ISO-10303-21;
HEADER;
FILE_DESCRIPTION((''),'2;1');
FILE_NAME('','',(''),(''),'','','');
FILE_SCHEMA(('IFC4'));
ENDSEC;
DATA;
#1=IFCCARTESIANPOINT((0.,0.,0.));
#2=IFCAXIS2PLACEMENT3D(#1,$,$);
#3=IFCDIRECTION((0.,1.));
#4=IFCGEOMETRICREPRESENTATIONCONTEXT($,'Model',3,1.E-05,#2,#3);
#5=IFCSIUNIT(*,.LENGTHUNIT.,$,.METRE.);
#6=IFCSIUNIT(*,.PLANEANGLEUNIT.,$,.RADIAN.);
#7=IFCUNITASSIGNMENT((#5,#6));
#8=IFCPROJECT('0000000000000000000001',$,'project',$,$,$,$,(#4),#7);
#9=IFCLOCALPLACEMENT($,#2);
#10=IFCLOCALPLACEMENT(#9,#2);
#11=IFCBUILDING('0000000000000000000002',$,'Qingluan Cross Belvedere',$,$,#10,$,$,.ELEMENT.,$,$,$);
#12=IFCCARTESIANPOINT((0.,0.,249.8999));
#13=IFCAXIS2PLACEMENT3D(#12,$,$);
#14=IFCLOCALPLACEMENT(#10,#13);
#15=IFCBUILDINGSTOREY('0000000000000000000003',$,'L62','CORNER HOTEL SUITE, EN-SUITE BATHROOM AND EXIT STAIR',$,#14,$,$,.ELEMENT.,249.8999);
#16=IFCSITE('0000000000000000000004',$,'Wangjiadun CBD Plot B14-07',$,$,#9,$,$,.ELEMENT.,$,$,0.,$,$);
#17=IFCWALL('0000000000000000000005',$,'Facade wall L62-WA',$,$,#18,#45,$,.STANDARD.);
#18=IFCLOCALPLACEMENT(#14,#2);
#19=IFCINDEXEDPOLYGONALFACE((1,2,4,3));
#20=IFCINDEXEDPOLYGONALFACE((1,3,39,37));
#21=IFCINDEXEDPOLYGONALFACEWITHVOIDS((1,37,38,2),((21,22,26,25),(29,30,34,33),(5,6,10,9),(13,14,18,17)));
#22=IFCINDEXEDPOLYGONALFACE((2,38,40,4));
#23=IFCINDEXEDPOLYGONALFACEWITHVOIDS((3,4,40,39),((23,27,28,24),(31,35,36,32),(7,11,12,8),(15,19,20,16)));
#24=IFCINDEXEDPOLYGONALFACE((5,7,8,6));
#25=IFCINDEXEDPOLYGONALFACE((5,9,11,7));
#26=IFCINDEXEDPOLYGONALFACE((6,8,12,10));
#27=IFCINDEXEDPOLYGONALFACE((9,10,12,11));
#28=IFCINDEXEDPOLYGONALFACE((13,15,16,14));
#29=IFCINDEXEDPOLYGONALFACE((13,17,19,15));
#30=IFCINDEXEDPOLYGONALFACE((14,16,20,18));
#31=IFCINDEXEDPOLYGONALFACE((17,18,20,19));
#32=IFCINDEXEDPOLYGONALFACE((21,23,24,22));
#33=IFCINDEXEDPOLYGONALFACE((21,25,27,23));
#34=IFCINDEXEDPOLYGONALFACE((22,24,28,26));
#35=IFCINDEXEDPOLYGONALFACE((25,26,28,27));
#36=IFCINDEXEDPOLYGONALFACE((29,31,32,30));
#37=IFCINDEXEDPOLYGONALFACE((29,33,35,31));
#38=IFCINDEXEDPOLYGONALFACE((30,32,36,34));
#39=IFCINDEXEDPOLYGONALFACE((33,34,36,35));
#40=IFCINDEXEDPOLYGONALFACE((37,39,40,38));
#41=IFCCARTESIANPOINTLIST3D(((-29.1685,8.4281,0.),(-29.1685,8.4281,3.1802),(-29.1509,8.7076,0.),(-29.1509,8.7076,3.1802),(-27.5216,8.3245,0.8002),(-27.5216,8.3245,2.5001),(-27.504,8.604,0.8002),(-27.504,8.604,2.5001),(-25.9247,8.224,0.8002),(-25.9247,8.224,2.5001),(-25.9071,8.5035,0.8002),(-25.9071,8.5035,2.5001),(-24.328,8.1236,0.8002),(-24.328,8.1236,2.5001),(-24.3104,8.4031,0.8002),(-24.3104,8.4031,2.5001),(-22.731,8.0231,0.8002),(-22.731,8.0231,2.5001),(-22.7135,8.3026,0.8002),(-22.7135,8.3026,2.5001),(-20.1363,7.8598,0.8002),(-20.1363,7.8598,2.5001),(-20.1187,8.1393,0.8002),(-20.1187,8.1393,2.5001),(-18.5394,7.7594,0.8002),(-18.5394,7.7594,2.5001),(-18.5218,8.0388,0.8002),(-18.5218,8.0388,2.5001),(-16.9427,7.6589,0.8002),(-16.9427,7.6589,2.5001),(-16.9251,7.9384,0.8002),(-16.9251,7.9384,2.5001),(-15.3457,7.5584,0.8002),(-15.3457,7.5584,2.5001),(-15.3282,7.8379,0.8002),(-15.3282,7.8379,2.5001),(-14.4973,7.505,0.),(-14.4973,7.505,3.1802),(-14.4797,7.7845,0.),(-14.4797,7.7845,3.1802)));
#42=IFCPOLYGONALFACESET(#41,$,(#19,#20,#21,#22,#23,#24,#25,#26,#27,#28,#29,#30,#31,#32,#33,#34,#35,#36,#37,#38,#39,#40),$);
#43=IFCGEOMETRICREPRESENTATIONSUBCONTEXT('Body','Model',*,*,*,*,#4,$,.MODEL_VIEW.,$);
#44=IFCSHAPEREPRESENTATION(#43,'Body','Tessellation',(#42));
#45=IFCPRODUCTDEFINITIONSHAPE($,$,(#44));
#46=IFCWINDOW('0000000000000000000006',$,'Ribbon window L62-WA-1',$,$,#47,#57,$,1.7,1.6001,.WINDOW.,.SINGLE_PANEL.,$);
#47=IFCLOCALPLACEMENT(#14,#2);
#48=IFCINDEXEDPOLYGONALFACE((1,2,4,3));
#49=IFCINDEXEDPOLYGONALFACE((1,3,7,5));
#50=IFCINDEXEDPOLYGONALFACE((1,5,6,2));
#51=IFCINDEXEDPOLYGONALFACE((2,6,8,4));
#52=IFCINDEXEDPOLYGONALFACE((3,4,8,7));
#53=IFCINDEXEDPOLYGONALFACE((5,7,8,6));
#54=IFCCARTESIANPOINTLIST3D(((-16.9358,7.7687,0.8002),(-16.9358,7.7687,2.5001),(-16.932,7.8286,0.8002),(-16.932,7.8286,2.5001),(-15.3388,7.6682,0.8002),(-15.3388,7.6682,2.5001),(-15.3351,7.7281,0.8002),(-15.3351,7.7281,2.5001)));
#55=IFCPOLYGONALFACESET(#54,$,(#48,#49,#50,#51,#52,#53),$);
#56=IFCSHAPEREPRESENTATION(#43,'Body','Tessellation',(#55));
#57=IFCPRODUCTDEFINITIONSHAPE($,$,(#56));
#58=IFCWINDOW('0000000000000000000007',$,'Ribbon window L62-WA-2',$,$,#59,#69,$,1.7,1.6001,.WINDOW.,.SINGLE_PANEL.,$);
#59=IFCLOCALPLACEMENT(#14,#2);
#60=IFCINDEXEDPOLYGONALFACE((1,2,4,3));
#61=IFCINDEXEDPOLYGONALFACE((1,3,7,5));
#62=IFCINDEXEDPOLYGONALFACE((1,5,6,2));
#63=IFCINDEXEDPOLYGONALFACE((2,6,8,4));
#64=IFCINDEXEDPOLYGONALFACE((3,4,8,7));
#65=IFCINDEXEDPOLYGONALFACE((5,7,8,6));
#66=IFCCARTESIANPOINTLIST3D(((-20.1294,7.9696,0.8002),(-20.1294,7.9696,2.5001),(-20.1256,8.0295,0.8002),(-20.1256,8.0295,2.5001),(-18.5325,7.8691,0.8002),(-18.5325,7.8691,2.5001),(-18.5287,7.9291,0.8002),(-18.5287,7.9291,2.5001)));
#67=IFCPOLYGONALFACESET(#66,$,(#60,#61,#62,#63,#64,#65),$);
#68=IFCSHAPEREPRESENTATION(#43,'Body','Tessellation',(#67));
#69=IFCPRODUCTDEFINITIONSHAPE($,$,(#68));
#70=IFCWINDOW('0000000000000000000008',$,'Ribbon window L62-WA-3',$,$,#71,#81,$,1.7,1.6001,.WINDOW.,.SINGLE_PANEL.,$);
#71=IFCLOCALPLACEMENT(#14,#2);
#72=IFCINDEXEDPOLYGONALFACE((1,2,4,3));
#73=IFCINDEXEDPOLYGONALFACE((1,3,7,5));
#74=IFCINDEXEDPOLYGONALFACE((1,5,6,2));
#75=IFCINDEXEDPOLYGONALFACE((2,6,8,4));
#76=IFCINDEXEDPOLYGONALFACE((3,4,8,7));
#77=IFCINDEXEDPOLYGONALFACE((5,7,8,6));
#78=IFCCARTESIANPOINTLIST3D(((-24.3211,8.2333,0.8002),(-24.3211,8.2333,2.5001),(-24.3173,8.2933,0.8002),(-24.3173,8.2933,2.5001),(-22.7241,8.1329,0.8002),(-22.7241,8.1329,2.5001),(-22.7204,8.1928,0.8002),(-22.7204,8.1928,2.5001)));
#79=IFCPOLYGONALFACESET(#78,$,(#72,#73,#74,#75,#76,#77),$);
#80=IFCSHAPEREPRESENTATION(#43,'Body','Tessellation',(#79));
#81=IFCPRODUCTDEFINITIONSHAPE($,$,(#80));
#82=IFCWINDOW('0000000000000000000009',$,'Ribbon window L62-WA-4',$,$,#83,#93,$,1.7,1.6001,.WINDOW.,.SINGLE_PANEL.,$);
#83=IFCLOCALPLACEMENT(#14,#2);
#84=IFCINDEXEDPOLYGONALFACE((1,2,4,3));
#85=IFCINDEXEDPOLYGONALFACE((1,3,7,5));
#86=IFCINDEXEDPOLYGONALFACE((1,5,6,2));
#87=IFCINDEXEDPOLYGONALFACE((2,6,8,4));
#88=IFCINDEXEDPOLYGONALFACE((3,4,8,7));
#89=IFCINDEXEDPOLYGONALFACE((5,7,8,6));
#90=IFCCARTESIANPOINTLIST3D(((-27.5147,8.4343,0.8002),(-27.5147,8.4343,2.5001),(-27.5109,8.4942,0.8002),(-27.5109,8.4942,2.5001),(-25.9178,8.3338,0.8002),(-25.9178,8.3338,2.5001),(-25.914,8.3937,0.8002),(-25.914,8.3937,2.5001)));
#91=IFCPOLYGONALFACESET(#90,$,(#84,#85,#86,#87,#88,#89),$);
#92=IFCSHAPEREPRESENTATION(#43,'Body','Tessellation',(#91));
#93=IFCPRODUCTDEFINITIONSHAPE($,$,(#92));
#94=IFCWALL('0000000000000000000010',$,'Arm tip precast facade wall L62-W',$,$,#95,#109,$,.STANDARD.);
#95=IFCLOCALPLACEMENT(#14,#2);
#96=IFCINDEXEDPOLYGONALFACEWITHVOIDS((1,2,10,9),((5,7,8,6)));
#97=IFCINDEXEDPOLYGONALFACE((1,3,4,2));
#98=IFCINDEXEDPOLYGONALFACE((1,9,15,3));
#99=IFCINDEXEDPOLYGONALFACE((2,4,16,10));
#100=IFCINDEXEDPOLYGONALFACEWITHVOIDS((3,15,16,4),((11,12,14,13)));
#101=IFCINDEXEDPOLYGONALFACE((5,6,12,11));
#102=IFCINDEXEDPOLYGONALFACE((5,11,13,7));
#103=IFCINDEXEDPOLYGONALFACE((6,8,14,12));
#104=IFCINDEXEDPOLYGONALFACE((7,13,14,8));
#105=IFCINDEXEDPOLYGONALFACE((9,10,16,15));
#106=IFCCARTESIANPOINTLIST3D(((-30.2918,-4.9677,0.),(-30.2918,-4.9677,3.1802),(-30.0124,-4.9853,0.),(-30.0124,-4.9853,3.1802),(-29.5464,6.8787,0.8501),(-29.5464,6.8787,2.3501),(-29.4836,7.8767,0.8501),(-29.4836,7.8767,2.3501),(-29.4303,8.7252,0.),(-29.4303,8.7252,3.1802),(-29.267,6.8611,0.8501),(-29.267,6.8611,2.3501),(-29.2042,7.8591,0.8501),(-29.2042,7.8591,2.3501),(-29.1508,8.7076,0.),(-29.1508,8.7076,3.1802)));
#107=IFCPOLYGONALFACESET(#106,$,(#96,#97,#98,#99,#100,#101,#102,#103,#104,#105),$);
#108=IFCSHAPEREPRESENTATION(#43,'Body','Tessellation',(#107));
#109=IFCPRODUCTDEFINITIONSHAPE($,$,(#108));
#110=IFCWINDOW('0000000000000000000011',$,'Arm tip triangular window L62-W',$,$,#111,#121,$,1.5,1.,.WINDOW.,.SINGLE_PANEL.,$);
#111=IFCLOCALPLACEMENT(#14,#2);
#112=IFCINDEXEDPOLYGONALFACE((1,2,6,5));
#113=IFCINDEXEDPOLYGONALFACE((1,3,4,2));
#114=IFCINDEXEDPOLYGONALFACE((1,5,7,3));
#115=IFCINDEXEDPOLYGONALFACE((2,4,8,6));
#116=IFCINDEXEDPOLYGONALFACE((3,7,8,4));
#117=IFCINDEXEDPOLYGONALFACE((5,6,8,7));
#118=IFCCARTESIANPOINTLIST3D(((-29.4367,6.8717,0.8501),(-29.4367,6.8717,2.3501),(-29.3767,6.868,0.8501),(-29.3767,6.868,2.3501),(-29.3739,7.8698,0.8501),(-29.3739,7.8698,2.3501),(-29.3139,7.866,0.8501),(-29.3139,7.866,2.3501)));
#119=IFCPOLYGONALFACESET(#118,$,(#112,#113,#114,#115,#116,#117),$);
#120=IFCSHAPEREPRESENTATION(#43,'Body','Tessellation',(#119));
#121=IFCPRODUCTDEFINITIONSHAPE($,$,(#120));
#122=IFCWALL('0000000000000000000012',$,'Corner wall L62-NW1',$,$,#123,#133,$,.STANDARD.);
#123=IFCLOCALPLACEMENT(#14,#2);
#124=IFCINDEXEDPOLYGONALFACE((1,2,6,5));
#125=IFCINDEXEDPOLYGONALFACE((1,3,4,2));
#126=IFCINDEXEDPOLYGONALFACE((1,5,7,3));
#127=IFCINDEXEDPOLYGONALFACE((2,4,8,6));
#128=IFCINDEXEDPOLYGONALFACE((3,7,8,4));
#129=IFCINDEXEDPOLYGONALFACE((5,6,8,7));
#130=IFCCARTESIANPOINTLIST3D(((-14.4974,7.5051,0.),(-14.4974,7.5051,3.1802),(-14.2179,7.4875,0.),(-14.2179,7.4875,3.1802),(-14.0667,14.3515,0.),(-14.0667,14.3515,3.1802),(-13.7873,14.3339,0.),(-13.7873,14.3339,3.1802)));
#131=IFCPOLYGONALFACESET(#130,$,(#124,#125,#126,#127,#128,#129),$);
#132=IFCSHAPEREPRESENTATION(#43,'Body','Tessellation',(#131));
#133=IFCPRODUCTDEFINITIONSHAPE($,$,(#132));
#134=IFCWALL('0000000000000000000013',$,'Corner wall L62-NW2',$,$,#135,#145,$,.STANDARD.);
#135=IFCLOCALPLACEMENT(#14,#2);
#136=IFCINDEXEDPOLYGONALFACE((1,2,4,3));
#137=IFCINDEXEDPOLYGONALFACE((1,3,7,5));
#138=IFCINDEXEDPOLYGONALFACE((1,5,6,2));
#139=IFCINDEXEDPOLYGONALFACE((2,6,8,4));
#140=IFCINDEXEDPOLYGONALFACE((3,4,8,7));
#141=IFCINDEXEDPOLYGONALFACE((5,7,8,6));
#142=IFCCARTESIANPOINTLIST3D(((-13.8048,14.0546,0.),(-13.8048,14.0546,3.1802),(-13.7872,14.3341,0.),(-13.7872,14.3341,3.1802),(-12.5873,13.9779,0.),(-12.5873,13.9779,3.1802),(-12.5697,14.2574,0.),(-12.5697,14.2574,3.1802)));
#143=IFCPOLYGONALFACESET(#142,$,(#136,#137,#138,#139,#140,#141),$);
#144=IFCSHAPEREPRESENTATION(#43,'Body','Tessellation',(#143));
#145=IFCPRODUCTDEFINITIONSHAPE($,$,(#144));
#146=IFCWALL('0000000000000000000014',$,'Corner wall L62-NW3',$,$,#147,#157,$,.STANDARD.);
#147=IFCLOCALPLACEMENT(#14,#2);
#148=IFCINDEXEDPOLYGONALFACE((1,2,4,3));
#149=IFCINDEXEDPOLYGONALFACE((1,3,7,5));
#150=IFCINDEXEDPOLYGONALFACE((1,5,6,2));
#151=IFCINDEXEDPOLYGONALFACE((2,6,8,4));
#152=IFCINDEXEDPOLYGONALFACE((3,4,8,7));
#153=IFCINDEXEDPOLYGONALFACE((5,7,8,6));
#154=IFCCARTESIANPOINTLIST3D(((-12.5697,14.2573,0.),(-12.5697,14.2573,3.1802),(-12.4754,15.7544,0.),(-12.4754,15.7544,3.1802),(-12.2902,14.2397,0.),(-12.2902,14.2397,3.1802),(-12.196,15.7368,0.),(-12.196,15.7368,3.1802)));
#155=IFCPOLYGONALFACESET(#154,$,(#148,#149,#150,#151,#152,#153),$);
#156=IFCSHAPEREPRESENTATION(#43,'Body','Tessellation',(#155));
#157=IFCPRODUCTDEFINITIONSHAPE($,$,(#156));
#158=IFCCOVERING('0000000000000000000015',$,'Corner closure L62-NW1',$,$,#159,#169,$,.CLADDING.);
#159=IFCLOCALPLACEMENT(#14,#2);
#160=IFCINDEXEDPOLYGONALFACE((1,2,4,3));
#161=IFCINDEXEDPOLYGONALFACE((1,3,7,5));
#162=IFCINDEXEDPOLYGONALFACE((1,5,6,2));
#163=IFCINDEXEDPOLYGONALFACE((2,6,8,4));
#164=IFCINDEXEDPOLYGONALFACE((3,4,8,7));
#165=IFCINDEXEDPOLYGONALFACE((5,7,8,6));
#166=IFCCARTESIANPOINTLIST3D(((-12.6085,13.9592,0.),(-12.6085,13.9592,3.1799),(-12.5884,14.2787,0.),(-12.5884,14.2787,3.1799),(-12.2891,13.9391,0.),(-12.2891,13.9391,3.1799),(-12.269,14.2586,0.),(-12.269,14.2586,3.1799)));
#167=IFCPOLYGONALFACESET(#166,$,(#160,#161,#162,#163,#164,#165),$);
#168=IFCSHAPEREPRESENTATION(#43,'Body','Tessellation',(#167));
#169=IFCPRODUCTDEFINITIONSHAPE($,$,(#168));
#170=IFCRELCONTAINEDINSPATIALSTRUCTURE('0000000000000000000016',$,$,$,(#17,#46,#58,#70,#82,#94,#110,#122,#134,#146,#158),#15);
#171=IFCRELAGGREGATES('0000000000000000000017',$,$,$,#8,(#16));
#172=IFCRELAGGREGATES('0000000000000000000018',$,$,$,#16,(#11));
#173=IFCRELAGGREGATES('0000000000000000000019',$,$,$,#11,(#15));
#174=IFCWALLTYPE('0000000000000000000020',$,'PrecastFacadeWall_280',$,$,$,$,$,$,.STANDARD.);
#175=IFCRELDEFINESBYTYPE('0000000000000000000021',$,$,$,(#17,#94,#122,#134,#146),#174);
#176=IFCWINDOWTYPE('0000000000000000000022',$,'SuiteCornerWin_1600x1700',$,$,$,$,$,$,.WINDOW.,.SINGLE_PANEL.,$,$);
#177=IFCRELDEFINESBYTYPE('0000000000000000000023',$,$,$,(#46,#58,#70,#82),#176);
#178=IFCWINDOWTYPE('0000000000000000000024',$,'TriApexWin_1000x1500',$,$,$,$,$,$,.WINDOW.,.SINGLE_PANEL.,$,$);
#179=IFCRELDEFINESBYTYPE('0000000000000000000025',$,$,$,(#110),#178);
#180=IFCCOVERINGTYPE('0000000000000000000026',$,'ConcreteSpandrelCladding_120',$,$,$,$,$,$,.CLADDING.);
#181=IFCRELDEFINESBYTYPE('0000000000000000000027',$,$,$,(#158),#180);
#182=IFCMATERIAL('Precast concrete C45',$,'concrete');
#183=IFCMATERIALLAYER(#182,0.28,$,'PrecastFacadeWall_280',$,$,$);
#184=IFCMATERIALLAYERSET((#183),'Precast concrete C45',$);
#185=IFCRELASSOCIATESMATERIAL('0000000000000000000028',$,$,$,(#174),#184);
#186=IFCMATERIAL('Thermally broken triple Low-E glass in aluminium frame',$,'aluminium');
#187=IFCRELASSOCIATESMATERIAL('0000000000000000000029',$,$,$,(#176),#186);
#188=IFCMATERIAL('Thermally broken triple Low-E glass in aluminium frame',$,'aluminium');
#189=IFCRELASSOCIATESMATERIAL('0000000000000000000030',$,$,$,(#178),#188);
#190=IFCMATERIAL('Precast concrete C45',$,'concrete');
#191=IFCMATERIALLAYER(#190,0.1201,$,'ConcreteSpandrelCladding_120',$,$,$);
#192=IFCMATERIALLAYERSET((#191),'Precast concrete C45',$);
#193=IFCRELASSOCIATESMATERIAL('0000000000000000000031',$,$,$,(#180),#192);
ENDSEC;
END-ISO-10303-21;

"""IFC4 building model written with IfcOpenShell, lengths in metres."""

from ifc_helpers import new_model, si_unit, direction, frame, frame_2d, origin, origin_2d, place, context, subcontext, project, spatial, rectangle, extrude, material, layer, layer_set, type_object, element, fill, save


model = new_model("IFC4")

# Units and contexts
model_context = context("Model", 3, precision=1e-05, world=origin(), true_north=direction((0.0, 1.0)))
body_context = subcontext(model_context, "Body", "Model", "MODEL_VIEW")
ifc_project = project(units=[si_unit("LENGTHUNIT", "METRE"), si_unit("PLANEANGLEUNIT", "RADIAN")], contexts=[model_context])

# Site, building, storey
site_placement = place(None, origin())
site = spatial("IfcSite", under=ifc_project, at=site_placement, Name="Wangjiadun CBD Plot B14-07", CompositionType="ELEMENT", RefElevation=0.0)
building_placement = place(site_placement, origin())
building = spatial("IfcBuilding", under=site, at=building_placement, Name="Qingluan Cross Belvedere", CompositionType="ELEMENT")
storey_placement = place(building_placement, frame((0.0, 0.0, 249.8999)))
storey = spatial("IfcBuildingStorey", under=building, at=storey_placement, Name="L62", Description="CORNER HOTEL SUITE, EN-SUITE BATHROOM AND EXIT STAIR", CompositionType="ELEMENT", Elevation=249.8999)

# Wall, openings, windows
ifc_material_1 = material(Name="Precast concrete C45", Category="concrete")
ifc_layer_1 = layer(ifc_material_1, 0.28, Name="PrecastFacadeWall_280")
ifc_layer_set_1 = layer_set([ifc_layer_1], Name="Precast concrete C45")
wall_type = type_object("IfcWallType", Name="PrecastFacadeWall_280", PredefinedType="STANDARD", material=ifc_layer_set_1)
wall_1_placement = place(storey_placement, frame((-14.4885, 7.6448, 0.0), z_axis=(0.0, 0.0, 1.0), x_axis=(-0.998026, 0.062795, 0.0)))
wall_1 = element("IfcWall", 1, at=wall_1_placement, inside=storey, type_object=wall_type, Name="Facade wall L62-WA", PredefinedType="STANDARD", context=body_context, shape_type="SweptSolid", body=[
    extrude(rectangle(XDim=14.7002, YDim=0.28, at=frame_2d((7.3501, 0.0))), origin(), (0.0, 0.0, 1.0), 3.1802),
])
opening_1_placement = place(wall_1_placement, frame((0.8501, 0.0, 0.8)))
opening_1 = element("IfcOpeningElement", 2, at=opening_1_placement, cuts=wall_1, PredefinedType="OPENING", context=body_context, shape_type="SweptSolid", body=[
    extrude(rectangle(XDim=1.6001, YDim=1.7, at=frame_2d((0.8, 0.8501))), frame((0.0, 0.1499, 0.0), z_axis=(0.0, -1.0, 0.0), x_axis=(1.0, 0.0, 0.0)), (0.0, 0.0, 1.0), 0.3),
])
opening_2_placement = place(wall_1_placement, frame((4.05, 0.0, 0.8)))
opening_2 = element("IfcOpeningElement", 3, at=opening_2_placement, cuts=wall_1, PredefinedType="OPENING", context=body_context, shape_type="SweptSolid", body=[
    extrude(rectangle(XDim=1.6001, YDim=1.7, at=frame_2d((0.8, 0.8501))), frame((0.0, 0.1499, 0.0), z_axis=(0.0, -1.0, 0.0), x_axis=(1.0, 0.0, 0.0)), (0.0, 0.0, 1.0), 0.3),
])
opening_3_placement = place(wall_1_placement, frame((8.25, 0.0, 0.8)))
opening_3 = element("IfcOpeningElement", 4, at=opening_3_placement, cuts=wall_1, PredefinedType="OPENING", context=body_context, shape_type="SweptSolid", body=[
    extrude(rectangle(XDim=1.6001, YDim=1.7, at=frame_2d((0.8, 0.8501))), frame((0.0, 0.1499, 0.0), z_axis=(0.0, -1.0, 0.0), x_axis=(1.0, 0.0, 0.0)), (0.0, 0.0, 1.0), 0.3),
])
opening_4_placement = place(wall_1_placement, frame((11.45, 0.0, 0.8)))
opening_4 = element("IfcOpeningElement", 5, at=opening_4_placement, cuts=wall_1, PredefinedType="OPENING", context=body_context, shape_type="SweptSolid", body=[
    extrude(rectangle(XDim=1.6001, YDim=1.7, at=frame_2d((0.8, 0.8501))), frame((0.0, 0.1499, 0.0), z_axis=(0.0, -1.0, 0.0), x_axis=(1.0, 0.0, 0.0)), (0.0, 0.0, 1.0), 0.3),
])
ifc_material_2 = material(Name="Thermally broken triple Low-E glass in aluminium frame", Category="aluminium")
window_type_1 = type_object("IfcWindowType", Name="SuiteCornerWin_1600x1700", PartitioningType="SINGLE_PANEL", PredefinedType="WINDOW", material=ifc_material_2)
window_1_placement = place(opening_1_placement, origin())
window_1 = element("IfcWindow", 6, at=window_1_placement, inside=storey, type_object=window_type_1, Name="Ribbon window L62-WA-1", OverallHeight=1.7, OverallWidth=1.6001, PartitioningType="SINGLE_PANEL", PredefinedType="WINDOW", context=body_context, shape_type="SweptSolid", body=[
    extrude(rectangle(XDim=1.6001, YDim=1.7, at=frame_2d((0.8, 0.8501))), frame((0.0, 0.03, 0.0), z_axis=(0.0, -1.0, 0.0), x_axis=(1.0, 0.0, 0.0)), (0.0, 0.0, 1.0), 0.0601),
])
fill(opening_1, window_1)
window_2_placement = place(opening_2_placement, origin())
window_2 = element("IfcWindow", 7, at=window_2_placement, inside=storey, type_object=window_type_1, Name="Ribbon window L62-WA-2", OverallHeight=1.7, OverallWidth=1.6001, PartitioningType="SINGLE_PANEL", PredefinedType="WINDOW", context=body_context, shape_type="SweptSolid", body=[
    extrude(rectangle(XDim=1.6001, YDim=1.7, at=frame_2d((0.8, 0.8501))), frame((0.0, 0.03, 0.0), z_axis=(0.0, -1.0, 0.0), x_axis=(1.0, 0.0, 0.0)), (0.0, 0.0, 1.0), 0.0601),
])
fill(opening_2, window_2)
window_3_placement = place(opening_3_placement, origin())
window_3 = element("IfcWindow", 8, at=window_3_placement, inside=storey, type_object=window_type_1, Name="Ribbon window L62-WA-3", OverallHeight=1.7, OverallWidth=1.6001, PartitioningType="SINGLE_PANEL", PredefinedType="WINDOW", context=body_context, shape_type="SweptSolid", body=[
    extrude(rectangle(XDim=1.6001, YDim=1.7, at=frame_2d((0.8, 0.8501))), frame((0.0, 0.03, 0.0), z_axis=(0.0, -1.0, 0.0), x_axis=(1.0, 0.0, 0.0)), (0.0, 0.0, 1.0), 0.0601),
])
fill(opening_3, window_3)
window_4_placement = place(opening_4_placement, origin())
window_4 = element("IfcWindow", 9, at=window_4_placement, inside=storey, type_object=window_type_1, Name="Ribbon window L62-WA-4", OverallHeight=1.7, OverallWidth=1.6001, PartitioningType="SINGLE_PANEL", PredefinedType="WINDOW", context=body_context, shape_type="SweptSolid", body=[
    extrude(rectangle(XDim=1.6001, YDim=1.7, at=frame_2d((0.8, 0.8501))), frame((0.0, 0.03, 0.0), z_axis=(0.0, -1.0, 0.0), x_axis=(1.0, 0.0, 0.0)), (0.0, 0.0, 1.0), 0.0601),
])
fill(opening_4, window_4)

# Wall, opening, window
wall_2_placement = place(storey_placement, frame((-29.2905, 8.7163, 0.0), z_axis=(0.0, 0.0, 1.0), x_axis=(-0.062797, -0.998026, 0.0)))
wall_2 = element("IfcWall", 10, at=wall_2_placement, inside=storey, type_object=wall_type, Name="Arm tip precast facade wall L62-W", PredefinedType="STANDARD", context=body_context, shape_type="SweptSolid", body=[
    extrude(rectangle(XDim=13.72, YDim=0.28, at=frame_2d((6.8599, 0.0))), origin(), (0.0, 0.0, 1.0), 3.1802),
])
opening_5_placement = place(wall_2_placement, frame((0.8501, 0.0, 0.8501)))
opening_5 = element("IfcOpeningElement", 11, at=opening_5_placement, cuts=wall_2, PredefinedType="OPENING", context=body_context, shape_type="SweptSolid", body=[
    extrude(rectangle(XDim=1.0, YDim=1.5, at=frame_2d((0.5, 0.75))), frame((0.0, 0.1499, 0.0), z_axis=(0.0, -1.0, 0.0), x_axis=(1.0, 0.0, 0.0)), (0.0, 0.0, 1.0), 0.3),
])
ifc_material_3 = material(Name="Thermally broken triple Low-E glass in aluminium frame", Category="aluminium")
window_type_2 = type_object("IfcWindowType", Name="TriApexWin_1000x1500", PartitioningType="SINGLE_PANEL", PredefinedType="WINDOW", material=ifc_material_3)
window_5_placement = place(opening_5_placement, origin())
window_5 = element("IfcWindow", 12, at=window_5_placement, inside=storey, type_object=window_type_2, Name="Arm tip triangular window L62-W", OverallHeight=1.5, OverallWidth=1.0, PartitioningType="SINGLE_PANEL", PredefinedType="WINDOW", context=body_context, shape_type="SweptSolid", body=[
    extrude(rectangle(XDim=1.0, YDim=1.5, at=frame_2d((0.5, 0.75))), frame((0.0, 0.03, 0.0), z_axis=(0.0, -1.0, 0.0), x_axis=(1.0, 0.0, 0.0)), (0.0, 0.0, 1.0), 0.0601),
])
fill(opening_5, window_5)

# Walls
wall_3_placement = place(storey_placement, frame((-14.3577, 7.4963, 0.0), z_axis=(0.0, 0.0, 1.0), x_axis=(0.062779, 0.998027, 0.0)))
element("IfcWall", 13, at=wall_3_placement, inside=storey, type_object=wall_type, Name="Corner wall L62-NW1", PredefinedType="STANDARD", context=body_context, shape_type="SweptSolid", body=[
    extrude(rectangle(XDim=6.8599, YDim=0.28, at=frame_2d((3.4299, 0.0))), origin(), (0.0, 0.0, 1.0), 3.1802),
])
wall_4_placement = place(storey_placement, frame((-13.7959, 14.1943, 0.0), z_axis=(0.0, 0.0, 1.0), x_axis=(0.998024, -0.062839, 0.0)))
element("IfcWall", 14, at=wall_4_placement, inside=storey, type_object=wall_type, Name="Corner wall L62-NW2", PredefinedType="STANDARD", context=body_context, shape_type="SweptSolid", body=[
    extrude(rectangle(XDim=1.22, YDim=0.28, at=frame_2d((0.6099, 0.0))), origin(), (0.0, 0.0, 1.0), 3.1802),
])
wall_5_placement = place(storey_placement, frame((-12.4299, 14.2485, 0.0), z_axis=(0.0, 0.0, 1.0), x_axis=(0.062824, 0.998025, 0.0)))
element("IfcWall", 15, at=wall_5_placement, inside=storey, type_object=wall_type, Name="Corner wall L62-NW3", PredefinedType="STANDARD", context=body_context, shape_type="SweptSolid", body=[
    extrude(rectangle(XDim=1.5, YDim=0.28, at=frame_2d((0.75, 0.0))), origin(), (0.0, 0.0, 1.0), 3.1802),
])

# Covering
ifc_material_4 = material(Name="Precast concrete C45", Category="concrete")
ifc_layer_2 = layer(ifc_material_4, 0.1201, Name="ConcreteSpandrelCladding_120")
ifc_layer_set_2 = layer_set([ifc_layer_2], Name="Precast concrete C45")
covering_type = type_object("IfcCoveringType", Name="ConcreteSpandrelCladding_120", PredefinedType="CLADDING", material=ifc_layer_set_2)
covering_placement = place(storey_placement, frame((-12.4387, 14.1089, 0.0), z_axis=(0.0, 0.0, 1.0), x_axis=(0.998027, -0.062791, 0.0)))
element("IfcCovering", 16, at=covering_placement, inside=storey, type_object=covering_type, Name="Corner closure L62-NW1", PredefinedType="CLADDING", context=body_context, shape_type="SweptSolid", body=[
    extrude(rectangle(XDim=0.3201, YDim=0.3201, at=origin_2d()), origin(), (0.0, 0.0, 1.0), 3.1799),
])

save(model, "model.ifc")
